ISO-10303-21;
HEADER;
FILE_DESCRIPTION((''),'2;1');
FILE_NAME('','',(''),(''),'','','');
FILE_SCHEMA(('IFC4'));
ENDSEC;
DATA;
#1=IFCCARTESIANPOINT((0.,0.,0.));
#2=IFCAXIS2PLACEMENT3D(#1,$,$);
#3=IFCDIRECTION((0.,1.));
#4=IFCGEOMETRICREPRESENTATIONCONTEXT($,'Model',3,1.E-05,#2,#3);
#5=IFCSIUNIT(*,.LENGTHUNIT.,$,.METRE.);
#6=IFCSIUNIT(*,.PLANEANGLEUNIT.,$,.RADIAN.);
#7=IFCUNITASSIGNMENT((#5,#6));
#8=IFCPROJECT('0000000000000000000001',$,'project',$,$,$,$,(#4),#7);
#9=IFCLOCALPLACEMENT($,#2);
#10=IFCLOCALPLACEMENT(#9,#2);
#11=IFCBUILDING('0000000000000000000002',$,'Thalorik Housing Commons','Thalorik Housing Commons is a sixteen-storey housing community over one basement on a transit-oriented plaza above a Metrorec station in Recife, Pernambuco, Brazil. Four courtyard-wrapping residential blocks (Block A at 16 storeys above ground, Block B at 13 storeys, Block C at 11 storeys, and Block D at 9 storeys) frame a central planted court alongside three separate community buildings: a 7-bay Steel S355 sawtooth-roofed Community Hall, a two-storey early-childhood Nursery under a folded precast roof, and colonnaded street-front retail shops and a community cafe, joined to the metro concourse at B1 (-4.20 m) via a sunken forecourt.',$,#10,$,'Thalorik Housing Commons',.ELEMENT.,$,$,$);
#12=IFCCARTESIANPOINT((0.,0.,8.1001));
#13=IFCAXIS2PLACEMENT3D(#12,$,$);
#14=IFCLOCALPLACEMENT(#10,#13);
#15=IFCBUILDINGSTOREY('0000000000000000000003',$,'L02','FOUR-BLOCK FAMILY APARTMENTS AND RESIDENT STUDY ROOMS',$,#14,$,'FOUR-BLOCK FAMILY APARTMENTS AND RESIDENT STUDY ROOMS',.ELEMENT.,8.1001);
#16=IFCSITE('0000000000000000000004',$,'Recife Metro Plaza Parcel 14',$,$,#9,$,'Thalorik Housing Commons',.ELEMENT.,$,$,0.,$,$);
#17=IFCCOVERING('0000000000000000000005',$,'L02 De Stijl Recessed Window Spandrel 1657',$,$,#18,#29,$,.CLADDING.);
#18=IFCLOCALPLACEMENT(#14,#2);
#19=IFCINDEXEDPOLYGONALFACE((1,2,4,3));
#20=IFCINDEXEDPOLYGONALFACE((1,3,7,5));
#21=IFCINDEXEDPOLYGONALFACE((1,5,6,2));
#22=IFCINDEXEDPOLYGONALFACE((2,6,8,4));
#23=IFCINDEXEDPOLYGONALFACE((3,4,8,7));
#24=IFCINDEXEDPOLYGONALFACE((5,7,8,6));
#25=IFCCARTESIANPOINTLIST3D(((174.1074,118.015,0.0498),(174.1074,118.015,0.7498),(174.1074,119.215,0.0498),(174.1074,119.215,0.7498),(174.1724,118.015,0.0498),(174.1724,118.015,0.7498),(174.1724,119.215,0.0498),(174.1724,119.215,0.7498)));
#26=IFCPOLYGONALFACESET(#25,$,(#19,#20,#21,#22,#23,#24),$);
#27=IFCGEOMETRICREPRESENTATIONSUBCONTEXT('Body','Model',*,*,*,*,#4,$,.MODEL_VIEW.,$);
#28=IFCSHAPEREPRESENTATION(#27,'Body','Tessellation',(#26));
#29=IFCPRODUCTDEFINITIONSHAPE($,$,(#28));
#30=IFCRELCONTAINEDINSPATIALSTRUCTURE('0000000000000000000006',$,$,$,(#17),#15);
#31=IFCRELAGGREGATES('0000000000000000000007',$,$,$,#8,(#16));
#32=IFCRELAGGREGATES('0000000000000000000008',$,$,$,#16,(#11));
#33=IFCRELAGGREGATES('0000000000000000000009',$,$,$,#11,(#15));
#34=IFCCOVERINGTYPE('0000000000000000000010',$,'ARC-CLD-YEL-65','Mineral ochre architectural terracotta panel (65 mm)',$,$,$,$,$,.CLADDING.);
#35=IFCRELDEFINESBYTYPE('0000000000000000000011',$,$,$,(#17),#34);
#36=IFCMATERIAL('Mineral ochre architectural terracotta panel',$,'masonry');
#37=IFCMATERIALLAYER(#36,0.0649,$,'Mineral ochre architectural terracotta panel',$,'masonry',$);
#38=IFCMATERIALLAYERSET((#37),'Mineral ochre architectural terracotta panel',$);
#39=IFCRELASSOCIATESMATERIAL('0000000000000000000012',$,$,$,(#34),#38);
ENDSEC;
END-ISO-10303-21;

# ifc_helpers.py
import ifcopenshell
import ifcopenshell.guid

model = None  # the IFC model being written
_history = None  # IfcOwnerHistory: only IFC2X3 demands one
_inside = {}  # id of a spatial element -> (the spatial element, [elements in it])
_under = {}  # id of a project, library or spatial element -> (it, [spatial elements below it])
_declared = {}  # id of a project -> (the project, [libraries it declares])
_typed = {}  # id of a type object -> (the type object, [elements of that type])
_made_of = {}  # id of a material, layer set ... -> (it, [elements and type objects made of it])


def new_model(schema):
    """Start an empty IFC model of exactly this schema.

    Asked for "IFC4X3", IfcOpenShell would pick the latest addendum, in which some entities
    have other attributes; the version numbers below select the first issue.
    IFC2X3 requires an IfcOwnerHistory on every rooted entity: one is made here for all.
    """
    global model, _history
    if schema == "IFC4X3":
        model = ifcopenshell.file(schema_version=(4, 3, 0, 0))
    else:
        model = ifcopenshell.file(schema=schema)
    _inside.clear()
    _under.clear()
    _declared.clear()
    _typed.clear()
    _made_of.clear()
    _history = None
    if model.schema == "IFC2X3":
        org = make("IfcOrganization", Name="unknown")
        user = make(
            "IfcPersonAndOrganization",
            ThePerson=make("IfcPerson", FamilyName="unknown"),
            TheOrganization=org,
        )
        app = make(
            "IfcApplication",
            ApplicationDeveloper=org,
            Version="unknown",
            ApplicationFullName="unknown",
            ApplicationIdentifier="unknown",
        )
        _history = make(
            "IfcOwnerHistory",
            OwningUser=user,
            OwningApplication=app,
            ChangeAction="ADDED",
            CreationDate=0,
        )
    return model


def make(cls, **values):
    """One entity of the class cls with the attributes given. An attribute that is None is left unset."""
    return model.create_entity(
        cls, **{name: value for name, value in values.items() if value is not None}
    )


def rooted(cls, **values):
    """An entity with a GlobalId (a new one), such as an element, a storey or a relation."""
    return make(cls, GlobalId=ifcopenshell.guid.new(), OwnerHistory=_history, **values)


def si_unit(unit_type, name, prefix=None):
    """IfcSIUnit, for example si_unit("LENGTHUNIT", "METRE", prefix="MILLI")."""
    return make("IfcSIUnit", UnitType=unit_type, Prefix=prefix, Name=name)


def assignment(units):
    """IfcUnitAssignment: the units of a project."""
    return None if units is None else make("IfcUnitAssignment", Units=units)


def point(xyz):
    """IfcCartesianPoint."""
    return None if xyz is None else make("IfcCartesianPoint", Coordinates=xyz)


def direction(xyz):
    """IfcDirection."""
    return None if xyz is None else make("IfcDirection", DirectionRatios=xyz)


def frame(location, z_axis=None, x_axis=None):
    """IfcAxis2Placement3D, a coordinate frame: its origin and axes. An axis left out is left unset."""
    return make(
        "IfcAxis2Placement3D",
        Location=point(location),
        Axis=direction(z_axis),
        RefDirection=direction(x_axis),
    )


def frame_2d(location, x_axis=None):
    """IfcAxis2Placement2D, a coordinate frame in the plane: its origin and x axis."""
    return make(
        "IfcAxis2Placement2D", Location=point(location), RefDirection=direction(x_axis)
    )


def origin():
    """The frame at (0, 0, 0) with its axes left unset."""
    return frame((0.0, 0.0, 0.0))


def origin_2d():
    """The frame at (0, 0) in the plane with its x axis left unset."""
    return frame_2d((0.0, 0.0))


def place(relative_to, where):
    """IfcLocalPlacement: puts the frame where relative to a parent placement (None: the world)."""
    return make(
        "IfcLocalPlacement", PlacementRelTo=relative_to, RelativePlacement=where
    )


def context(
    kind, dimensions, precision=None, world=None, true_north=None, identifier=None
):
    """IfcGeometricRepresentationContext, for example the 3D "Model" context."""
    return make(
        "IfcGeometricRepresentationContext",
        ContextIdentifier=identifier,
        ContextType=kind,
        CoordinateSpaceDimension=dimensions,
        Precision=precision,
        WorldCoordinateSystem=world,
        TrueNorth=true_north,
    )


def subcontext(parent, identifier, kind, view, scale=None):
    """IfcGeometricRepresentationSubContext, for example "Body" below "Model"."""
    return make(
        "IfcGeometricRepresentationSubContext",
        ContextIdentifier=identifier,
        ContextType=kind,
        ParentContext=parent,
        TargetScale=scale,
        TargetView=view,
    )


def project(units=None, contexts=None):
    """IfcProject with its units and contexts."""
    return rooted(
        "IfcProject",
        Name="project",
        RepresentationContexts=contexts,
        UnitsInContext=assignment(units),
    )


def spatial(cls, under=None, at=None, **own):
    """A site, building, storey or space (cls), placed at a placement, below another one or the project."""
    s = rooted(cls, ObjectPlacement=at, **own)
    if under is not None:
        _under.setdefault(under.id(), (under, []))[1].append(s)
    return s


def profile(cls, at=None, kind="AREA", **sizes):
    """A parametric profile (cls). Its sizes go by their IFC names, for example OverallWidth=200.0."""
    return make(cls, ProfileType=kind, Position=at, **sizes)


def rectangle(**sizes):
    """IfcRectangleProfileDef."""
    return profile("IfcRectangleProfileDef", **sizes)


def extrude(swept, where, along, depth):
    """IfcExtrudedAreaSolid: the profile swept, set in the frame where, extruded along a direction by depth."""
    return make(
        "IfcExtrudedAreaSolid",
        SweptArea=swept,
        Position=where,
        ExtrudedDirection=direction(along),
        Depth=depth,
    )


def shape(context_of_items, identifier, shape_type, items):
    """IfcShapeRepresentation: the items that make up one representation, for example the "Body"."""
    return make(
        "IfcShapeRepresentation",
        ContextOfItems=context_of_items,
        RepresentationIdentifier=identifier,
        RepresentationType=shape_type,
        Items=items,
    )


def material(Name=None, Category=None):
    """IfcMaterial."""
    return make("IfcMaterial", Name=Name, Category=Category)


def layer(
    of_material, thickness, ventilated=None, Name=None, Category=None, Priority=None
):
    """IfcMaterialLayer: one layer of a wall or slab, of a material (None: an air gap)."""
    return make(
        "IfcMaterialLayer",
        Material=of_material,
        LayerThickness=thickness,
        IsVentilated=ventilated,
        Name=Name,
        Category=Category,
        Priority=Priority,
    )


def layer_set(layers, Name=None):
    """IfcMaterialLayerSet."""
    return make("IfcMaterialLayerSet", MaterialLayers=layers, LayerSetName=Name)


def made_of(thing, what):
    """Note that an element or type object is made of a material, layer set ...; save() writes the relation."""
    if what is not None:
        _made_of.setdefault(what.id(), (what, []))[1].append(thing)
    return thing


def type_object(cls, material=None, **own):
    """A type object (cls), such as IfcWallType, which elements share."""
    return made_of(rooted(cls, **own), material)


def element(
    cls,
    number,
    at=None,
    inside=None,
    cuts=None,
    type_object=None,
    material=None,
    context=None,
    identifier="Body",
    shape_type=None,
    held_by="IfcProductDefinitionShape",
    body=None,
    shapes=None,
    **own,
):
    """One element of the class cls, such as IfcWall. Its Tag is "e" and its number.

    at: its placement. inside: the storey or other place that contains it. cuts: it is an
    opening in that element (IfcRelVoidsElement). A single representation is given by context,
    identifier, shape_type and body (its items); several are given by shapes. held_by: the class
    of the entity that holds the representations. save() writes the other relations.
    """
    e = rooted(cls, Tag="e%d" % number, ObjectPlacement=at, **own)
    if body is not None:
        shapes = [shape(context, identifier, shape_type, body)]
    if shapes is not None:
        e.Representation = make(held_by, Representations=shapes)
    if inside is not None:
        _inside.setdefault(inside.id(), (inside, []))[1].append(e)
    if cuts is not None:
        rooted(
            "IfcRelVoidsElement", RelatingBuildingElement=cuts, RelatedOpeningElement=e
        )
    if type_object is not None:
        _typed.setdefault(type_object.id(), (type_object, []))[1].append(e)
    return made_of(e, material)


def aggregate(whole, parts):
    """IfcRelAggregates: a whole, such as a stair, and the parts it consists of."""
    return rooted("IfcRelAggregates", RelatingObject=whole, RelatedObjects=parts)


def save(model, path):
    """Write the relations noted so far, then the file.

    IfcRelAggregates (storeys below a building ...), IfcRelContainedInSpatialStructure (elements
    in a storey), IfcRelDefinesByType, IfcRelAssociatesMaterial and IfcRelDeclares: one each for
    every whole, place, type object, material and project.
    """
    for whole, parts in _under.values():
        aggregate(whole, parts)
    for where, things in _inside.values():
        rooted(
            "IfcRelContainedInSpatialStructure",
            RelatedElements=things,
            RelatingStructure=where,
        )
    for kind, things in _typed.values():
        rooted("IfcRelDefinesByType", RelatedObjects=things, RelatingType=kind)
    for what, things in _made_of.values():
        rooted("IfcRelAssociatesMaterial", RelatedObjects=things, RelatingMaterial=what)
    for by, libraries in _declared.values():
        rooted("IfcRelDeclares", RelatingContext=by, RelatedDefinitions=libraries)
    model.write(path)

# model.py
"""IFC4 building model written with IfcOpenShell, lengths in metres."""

from ifc_helpers import new_model, si_unit, direction, frame, origin, origin_2d, place, context, subcontext, project, spatial, rectangle, extrude, material, layer, layer_set, type_object, element, save


model = new_model("IFC4")

# Units and contexts
model_context = context("Model", 3, precision=1e-05, world=origin(), true_north=direction((0.0, 1.0)))
body_context = subcontext(model_context, "Body", "Model", "MODEL_VIEW")
ifc_project = project(units=[si_unit("LENGTHUNIT", "METRE"), si_unit("PLANEANGLEUNIT", "RADIAN")], contexts=[model_context])

# Site, building, storey
site_placement = place(None, origin())
site = spatial("IfcSite", under=ifc_project, at=site_placement, Name="Recife Metro Plaza Parcel 14", LongName="Thalorik Housing Commons", CompositionType="ELEMENT", RefElevation=0.0)
building_placement = place(site_placement, origin())
building = spatial("IfcBuilding", under=site, at=building_placement, Name="Thalorik Housing Commons", Description="Thalorik Housing Commons is a sixteen-storey housing community over one basement on a transit-oriented plaza above a Metrorec station in Recife, Pernambuco, Brazil. Four courtyard-wrapping residential blocks (Block A at 16 storeys above ground, Block B at 13 storeys, Block C at 11 storeys, and Block D at 9 storeys) frame a central planted court alongside three separate community buildings: a 7-bay Steel S355 sawtooth-roofed Community Hall, a two-storey early-childhood Nursery under a folded precast roof, and colonnaded street-front retail shops and a community cafe, joined to the metro concourse at B1 (-4.20 m) via a sunken forecourt.", LongName="Thalorik Housing Commons", CompositionType="ELEMENT")
storey_placement = place(building_placement, frame((0.0, 0.0, 8.1001)))
storey = spatial("IfcBuildingStorey", under=building, at=storey_placement, Name="L02", Description="FOUR-BLOCK FAMILY APARTMENTS AND RESIDENT STUDY ROOMS", LongName="FOUR-BLOCK FAMILY APARTMENTS AND RESIDENT STUDY ROOMS", CompositionType="ELEMENT", Elevation=8.1001)

# Covering
ifc_material_1 = material(Name="Mineral ochre architectural terracotta panel", Category="masonry")
ifc_layer_1 = layer(ifc_material_1, 0.0649, Name="Mineral ochre architectural terracotta panel", Category="masonry")
ifc_layer_set_1 = layer_set([ifc_layer_1], Name="Mineral ochre architectural terracotta panel")
covering_type_1 = type_object("IfcCoveringType", Name="ARC-CLD-YEL-65", Description="Mineral ochre architectural terracotta panel (65 mm)", PredefinedType="CLADDING", material=ifc_layer_set_1)
covering_1_placement = place(storey_placement, frame((174.1399, 118.615, 0.0498), z_axis=(0.0, 0.0, 1.0), x_axis=(0.0, 1.0, 0.0)))
element("IfcCovering", 1, at=covering_1_placement, inside=storey, type_object=covering_type_1, Name="L02 De Stijl Recessed Window Spandrel 1657", PredefinedType="CLADDING", context=body_context, shape_type="SweptSolid", body=[
    extrude(rectangle(XDim=1.2, YDim=0.0649, at=origin_2d()), origin(), (0.0, 0.0, 1.0), 0.7),
])

save(model, "model.ifc")
